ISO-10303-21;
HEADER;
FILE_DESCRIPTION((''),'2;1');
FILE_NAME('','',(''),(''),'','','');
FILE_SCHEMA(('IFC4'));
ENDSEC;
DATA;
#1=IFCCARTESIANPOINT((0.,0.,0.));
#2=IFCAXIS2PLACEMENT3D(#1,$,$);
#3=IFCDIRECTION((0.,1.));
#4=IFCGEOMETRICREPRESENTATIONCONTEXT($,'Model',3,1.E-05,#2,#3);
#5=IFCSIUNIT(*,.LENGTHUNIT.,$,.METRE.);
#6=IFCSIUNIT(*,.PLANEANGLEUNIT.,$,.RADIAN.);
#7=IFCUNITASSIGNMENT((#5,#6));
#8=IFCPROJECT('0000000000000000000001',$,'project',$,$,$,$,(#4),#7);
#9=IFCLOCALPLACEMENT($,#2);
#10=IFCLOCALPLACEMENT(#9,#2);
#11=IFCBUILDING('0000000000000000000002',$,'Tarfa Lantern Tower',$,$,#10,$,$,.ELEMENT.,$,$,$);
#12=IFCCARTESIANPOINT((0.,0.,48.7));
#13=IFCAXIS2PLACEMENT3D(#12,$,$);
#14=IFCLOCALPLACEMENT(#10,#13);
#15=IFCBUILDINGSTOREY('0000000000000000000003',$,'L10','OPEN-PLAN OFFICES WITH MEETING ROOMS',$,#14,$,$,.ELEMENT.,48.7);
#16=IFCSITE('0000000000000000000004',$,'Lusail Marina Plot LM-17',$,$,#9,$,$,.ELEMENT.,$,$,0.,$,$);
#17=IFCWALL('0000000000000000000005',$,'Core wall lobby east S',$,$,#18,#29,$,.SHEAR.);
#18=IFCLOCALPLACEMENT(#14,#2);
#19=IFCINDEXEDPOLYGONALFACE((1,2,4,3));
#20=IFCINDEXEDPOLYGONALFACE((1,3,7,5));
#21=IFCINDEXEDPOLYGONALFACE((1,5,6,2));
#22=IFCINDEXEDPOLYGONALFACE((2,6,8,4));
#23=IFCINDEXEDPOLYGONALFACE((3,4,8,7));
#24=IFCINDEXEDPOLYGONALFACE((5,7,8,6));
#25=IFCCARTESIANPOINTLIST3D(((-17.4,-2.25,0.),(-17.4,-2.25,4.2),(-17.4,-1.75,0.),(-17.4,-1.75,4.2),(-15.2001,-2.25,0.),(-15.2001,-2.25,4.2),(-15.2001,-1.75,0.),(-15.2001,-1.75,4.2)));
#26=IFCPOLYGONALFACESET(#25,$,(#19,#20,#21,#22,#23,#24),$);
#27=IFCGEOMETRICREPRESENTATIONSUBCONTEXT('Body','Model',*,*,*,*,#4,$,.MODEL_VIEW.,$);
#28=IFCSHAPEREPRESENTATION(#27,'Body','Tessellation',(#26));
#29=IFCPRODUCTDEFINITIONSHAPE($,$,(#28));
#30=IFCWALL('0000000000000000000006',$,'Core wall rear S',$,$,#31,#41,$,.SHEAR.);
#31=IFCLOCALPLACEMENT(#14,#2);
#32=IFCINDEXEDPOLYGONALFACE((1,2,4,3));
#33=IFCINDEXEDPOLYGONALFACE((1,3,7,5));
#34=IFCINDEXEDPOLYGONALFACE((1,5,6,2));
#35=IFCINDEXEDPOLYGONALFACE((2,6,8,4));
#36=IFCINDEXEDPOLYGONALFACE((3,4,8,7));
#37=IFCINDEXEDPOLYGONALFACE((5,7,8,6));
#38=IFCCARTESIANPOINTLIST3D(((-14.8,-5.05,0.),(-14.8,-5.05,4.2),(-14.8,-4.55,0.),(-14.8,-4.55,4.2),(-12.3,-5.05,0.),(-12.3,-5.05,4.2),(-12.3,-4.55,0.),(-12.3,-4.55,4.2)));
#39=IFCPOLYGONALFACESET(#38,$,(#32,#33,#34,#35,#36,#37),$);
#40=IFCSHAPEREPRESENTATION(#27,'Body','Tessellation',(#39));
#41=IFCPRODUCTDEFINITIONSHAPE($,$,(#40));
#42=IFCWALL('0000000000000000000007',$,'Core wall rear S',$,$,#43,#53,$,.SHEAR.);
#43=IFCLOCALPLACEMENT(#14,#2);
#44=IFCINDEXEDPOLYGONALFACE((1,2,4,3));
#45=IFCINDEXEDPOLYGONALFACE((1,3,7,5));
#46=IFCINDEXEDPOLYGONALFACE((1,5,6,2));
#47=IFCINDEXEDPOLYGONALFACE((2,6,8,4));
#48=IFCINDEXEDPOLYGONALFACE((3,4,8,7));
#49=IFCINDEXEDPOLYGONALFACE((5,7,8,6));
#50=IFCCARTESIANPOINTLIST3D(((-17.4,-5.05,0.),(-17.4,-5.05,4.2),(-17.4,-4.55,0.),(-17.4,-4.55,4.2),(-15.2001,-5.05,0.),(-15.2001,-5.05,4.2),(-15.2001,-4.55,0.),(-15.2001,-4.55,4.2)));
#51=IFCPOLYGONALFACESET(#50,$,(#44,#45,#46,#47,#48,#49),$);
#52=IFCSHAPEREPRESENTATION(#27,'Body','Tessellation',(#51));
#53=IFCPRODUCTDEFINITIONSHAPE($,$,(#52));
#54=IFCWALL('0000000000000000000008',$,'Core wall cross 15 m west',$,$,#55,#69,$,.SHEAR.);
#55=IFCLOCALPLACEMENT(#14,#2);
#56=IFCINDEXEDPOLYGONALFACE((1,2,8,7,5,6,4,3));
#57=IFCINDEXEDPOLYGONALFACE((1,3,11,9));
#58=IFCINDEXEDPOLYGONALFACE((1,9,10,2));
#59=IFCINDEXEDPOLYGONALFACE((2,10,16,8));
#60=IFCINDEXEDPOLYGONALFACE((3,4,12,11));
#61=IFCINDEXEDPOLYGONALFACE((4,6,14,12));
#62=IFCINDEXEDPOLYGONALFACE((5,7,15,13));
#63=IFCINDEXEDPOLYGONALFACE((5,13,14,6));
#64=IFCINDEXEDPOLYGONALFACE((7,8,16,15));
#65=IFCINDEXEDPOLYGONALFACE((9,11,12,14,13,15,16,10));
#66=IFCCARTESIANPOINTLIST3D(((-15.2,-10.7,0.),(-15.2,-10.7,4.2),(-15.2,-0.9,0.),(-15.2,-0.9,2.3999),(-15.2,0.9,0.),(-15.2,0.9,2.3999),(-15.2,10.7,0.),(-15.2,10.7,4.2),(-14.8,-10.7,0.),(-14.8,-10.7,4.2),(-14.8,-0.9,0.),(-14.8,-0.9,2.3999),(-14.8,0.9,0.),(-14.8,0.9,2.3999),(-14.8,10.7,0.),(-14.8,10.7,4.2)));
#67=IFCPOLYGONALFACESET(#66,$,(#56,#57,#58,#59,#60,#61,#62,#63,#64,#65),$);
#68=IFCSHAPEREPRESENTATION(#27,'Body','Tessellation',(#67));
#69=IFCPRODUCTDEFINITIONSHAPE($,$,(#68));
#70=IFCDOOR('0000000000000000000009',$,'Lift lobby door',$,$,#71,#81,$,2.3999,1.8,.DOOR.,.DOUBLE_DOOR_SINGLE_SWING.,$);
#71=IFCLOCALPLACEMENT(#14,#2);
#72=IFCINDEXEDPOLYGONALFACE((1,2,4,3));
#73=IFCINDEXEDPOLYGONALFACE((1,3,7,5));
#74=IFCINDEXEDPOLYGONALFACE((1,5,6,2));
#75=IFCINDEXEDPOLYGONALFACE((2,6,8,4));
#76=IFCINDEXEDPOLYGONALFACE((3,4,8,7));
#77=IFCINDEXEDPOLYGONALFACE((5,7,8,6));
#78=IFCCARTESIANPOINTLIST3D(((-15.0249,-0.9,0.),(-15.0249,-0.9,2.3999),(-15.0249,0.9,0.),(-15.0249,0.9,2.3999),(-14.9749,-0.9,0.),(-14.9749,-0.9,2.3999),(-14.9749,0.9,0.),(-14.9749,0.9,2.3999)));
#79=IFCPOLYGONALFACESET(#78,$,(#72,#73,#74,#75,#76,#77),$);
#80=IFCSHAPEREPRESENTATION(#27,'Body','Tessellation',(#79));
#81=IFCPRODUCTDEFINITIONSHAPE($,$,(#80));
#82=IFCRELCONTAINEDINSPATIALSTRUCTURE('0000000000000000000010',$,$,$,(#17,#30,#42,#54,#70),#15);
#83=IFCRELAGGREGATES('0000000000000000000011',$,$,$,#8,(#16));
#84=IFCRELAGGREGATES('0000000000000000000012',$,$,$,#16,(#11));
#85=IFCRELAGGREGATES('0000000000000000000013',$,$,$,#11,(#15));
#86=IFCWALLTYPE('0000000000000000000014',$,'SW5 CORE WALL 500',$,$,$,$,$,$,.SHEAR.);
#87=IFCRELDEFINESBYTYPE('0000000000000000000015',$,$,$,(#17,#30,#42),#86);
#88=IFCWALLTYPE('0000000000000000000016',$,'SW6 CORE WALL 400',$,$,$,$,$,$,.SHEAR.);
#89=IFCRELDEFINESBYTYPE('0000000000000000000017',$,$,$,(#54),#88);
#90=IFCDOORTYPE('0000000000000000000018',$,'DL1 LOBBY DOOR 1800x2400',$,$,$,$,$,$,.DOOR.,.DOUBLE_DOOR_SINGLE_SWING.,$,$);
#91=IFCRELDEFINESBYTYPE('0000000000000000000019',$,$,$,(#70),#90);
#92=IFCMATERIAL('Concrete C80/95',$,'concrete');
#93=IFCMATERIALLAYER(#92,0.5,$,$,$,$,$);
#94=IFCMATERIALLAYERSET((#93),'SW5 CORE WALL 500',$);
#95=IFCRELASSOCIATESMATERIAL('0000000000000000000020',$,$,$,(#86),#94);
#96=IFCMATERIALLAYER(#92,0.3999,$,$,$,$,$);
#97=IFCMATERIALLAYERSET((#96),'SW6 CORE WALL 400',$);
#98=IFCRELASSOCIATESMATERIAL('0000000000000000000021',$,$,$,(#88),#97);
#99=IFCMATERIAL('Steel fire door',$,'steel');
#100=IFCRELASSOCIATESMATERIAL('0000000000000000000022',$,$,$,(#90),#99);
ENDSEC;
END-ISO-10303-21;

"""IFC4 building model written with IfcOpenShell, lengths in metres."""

from ifc_helpers import new_model, si_unit, direction, frame, frame_2d, origin, place, context, subcontext, project, spatial, rectangle, extrude, material, layer, layer_set, type_object, element, fill, save


model = new_model("IFC4")

# Units and contexts
model_context = context("Model", 3, precision=1e-05, world=origin(), true_north=direction((0.0, 1.0)))
body_context = subcontext(model_context, "Body", "Model", "MODEL_VIEW")
ifc_project = project(units=[si_unit("LENGTHUNIT", "METRE"), si_unit("PLANEANGLEUNIT", "RADIAN")], contexts=[model_context])

# Site, building, storey
site_placement = place(None, origin())
site = spatial("IfcSite", under=ifc_project, at=site_placement, Name="Lusail Marina Plot LM-17", CompositionType="ELEMENT", RefElevation=0.0)
building_placement = place(site_placement, origin())
building = spatial("IfcBuilding", under=site, at=building_placement, Name="Tarfa Lantern Tower", CompositionType="ELEMENT")
storey_placement = place(building_placement, frame((0.0, 0.0, 48.7)))
storey = spatial("IfcBuildingStorey", under=building, at=storey_placement, Name="L10", Description="OPEN-PLAN OFFICES WITH MEETING ROOMS", CompositionType="ELEMENT", Elevation=48.7)

# Walls
ifc_material_1 = material(Name="Concrete C80/95", Category="concrete")
ifc_layer_1 = layer(ifc_material_1, 0.5)
ifc_layer_set_1 = layer_set([ifc_layer_1], Name="SW5 CORE WALL 500")
wall_type_1 = type_object("IfcWallType", Name="SW5 CORE WALL 500", PredefinedType="SHEAR", material=ifc_layer_set_1)
wall_1_placement = place(storey_placement, frame((-15.2, -2.0, 0.0), z_axis=(0.0, 0.0, 1.0), x_axis=(-1.0, 0.0, 0.0)))
element("IfcWall", 1, at=wall_1_placement, inside=storey, type_object=wall_type_1, Name="Core wall lobby east S", PredefinedType="SHEAR", context=body_context, shape_type="SweptSolid", body=[
    extrude(rectangle(XDim=2.2, YDim=0.5, at=frame_2d((1.1001, 0.0))), origin(), (0.0, 0.0, 1.0), 4.2),
])
wall_2_placement = place(storey_placement, frame((-12.3, -4.8, 0.0), z_axis=(0.0, 0.0, 1.0), x_axis=(-1.0, 0.0, 0.0)))
element("IfcWall", 2, at=wall_2_placement, inside=storey, type_object=wall_type_1, Name="Core wall rear S", PredefinedType="SHEAR", context=body_context, shape_type="SweptSolid", body=[
    extrude(rectangle(XDim=2.5, YDim=0.5, at=frame_2d((1.25, 0.0))), origin(), (0.0, 0.0, 1.0), 4.2),
])
wall_3_placement = place(storey_placement, frame((-15.2, -4.8, 0.0), z_axis=(0.0, 0.0, 1.0), x_axis=(-1.0, 0.0, 0.0)))
element("IfcWall", 3, at=wall_3_placement, inside=storey, type_object=wall_type_1, Name="Core wall rear S", PredefinedType="SHEAR", context=body_context, shape_type="SweptSolid", body=[
    extrude(rectangle(XDim=2.2, YDim=0.5, at=frame_2d((1.1001, 0.0))), origin(), (0.0, 0.0, 1.0), 4.2),
])

# Wall, opening, door
ifc_layer_2 = layer(ifc_material_1, 0.3999)
ifc_layer_set_2 = layer_set([ifc_layer_2], Name="SW6 CORE WALL 400")
wall_type_2 = type_object("IfcWallType", Name="SW6 CORE WALL 400", PredefinedType="SHEAR", material=ifc_layer_set_2)
wall_4_placement = place(storey_placement, frame((-15.0, -10.7, 0.0), z_axis=(0.0, 0.0, 1.0), x_axis=(0.0, 1.0, 0.0)))
wall_4 = element("IfcWall", 4, at=wall_4_placement, inside=storey, type_object=wall_type_2, Name="Core wall cross 15 m west", PredefinedType="SHEAR", context=body_context, shape_type="SweptSolid", body=[
    extrude(rectangle(XDim=21.3999, YDim=0.3999, at=frame_2d((10.7, 0.0))), origin(), (0.0, 0.0, 1.0), 4.2),
])
opening_1_placement = place(wall_4_placement, frame((9.8, 0.0, 0.0)))
opening_1 = element("IfcOpeningElement", 5, at=opening_1_placement, cuts=wall_4, PredefinedType="OPENING", context=body_context, shape_type="SweptSolid", body=[
    extrude(rectangle(XDim=1.8, YDim=2.3999, at=frame_2d((0.8999, 1.2))), frame((0.0, 0.21, 0.0), z_axis=(0.0, -1.0, 0.0), x_axis=(1.0, 0.0, 0.0)), (0.0, 0.0, 1.0), 0.4199),
])
ifc_material_2 = material(Name="Steel fire door", Category="steel")
door_type_1 = type_object("IfcDoorType", Name="DL1 LOBBY DOOR 1800x2400", OperationType="DOUBLE_DOOR_SINGLE_SWING", PredefinedType="DOOR", material=ifc_material_2)
door_1_placement = place(opening_1_placement, origin())
door_1 = element("IfcDoor", 6, at=door_1_placement, inside=storey, type_object=door_type_1, Name="Lift lobby door", OperationType="DOUBLE_DOOR_SINGLE_SWING", OverallHeight=2.3999, OverallWidth=1.8, PredefinedType="DOOR", context=body_context, shape_type="SweptSolid", body=[
    extrude(rectangle(XDim=1.8, YDim=2.3999, at=frame_2d((0.8999, 1.2))), frame((0.0, 0.0249, 0.0), z_axis=(0.0, -1.0, 0.0), x_axis=(1.0, 0.0, 0.0)), (0.0, 0.0, 1.0), 0.05),
])
fill(opening_1, door_1)

save(model, "model.ifc")
